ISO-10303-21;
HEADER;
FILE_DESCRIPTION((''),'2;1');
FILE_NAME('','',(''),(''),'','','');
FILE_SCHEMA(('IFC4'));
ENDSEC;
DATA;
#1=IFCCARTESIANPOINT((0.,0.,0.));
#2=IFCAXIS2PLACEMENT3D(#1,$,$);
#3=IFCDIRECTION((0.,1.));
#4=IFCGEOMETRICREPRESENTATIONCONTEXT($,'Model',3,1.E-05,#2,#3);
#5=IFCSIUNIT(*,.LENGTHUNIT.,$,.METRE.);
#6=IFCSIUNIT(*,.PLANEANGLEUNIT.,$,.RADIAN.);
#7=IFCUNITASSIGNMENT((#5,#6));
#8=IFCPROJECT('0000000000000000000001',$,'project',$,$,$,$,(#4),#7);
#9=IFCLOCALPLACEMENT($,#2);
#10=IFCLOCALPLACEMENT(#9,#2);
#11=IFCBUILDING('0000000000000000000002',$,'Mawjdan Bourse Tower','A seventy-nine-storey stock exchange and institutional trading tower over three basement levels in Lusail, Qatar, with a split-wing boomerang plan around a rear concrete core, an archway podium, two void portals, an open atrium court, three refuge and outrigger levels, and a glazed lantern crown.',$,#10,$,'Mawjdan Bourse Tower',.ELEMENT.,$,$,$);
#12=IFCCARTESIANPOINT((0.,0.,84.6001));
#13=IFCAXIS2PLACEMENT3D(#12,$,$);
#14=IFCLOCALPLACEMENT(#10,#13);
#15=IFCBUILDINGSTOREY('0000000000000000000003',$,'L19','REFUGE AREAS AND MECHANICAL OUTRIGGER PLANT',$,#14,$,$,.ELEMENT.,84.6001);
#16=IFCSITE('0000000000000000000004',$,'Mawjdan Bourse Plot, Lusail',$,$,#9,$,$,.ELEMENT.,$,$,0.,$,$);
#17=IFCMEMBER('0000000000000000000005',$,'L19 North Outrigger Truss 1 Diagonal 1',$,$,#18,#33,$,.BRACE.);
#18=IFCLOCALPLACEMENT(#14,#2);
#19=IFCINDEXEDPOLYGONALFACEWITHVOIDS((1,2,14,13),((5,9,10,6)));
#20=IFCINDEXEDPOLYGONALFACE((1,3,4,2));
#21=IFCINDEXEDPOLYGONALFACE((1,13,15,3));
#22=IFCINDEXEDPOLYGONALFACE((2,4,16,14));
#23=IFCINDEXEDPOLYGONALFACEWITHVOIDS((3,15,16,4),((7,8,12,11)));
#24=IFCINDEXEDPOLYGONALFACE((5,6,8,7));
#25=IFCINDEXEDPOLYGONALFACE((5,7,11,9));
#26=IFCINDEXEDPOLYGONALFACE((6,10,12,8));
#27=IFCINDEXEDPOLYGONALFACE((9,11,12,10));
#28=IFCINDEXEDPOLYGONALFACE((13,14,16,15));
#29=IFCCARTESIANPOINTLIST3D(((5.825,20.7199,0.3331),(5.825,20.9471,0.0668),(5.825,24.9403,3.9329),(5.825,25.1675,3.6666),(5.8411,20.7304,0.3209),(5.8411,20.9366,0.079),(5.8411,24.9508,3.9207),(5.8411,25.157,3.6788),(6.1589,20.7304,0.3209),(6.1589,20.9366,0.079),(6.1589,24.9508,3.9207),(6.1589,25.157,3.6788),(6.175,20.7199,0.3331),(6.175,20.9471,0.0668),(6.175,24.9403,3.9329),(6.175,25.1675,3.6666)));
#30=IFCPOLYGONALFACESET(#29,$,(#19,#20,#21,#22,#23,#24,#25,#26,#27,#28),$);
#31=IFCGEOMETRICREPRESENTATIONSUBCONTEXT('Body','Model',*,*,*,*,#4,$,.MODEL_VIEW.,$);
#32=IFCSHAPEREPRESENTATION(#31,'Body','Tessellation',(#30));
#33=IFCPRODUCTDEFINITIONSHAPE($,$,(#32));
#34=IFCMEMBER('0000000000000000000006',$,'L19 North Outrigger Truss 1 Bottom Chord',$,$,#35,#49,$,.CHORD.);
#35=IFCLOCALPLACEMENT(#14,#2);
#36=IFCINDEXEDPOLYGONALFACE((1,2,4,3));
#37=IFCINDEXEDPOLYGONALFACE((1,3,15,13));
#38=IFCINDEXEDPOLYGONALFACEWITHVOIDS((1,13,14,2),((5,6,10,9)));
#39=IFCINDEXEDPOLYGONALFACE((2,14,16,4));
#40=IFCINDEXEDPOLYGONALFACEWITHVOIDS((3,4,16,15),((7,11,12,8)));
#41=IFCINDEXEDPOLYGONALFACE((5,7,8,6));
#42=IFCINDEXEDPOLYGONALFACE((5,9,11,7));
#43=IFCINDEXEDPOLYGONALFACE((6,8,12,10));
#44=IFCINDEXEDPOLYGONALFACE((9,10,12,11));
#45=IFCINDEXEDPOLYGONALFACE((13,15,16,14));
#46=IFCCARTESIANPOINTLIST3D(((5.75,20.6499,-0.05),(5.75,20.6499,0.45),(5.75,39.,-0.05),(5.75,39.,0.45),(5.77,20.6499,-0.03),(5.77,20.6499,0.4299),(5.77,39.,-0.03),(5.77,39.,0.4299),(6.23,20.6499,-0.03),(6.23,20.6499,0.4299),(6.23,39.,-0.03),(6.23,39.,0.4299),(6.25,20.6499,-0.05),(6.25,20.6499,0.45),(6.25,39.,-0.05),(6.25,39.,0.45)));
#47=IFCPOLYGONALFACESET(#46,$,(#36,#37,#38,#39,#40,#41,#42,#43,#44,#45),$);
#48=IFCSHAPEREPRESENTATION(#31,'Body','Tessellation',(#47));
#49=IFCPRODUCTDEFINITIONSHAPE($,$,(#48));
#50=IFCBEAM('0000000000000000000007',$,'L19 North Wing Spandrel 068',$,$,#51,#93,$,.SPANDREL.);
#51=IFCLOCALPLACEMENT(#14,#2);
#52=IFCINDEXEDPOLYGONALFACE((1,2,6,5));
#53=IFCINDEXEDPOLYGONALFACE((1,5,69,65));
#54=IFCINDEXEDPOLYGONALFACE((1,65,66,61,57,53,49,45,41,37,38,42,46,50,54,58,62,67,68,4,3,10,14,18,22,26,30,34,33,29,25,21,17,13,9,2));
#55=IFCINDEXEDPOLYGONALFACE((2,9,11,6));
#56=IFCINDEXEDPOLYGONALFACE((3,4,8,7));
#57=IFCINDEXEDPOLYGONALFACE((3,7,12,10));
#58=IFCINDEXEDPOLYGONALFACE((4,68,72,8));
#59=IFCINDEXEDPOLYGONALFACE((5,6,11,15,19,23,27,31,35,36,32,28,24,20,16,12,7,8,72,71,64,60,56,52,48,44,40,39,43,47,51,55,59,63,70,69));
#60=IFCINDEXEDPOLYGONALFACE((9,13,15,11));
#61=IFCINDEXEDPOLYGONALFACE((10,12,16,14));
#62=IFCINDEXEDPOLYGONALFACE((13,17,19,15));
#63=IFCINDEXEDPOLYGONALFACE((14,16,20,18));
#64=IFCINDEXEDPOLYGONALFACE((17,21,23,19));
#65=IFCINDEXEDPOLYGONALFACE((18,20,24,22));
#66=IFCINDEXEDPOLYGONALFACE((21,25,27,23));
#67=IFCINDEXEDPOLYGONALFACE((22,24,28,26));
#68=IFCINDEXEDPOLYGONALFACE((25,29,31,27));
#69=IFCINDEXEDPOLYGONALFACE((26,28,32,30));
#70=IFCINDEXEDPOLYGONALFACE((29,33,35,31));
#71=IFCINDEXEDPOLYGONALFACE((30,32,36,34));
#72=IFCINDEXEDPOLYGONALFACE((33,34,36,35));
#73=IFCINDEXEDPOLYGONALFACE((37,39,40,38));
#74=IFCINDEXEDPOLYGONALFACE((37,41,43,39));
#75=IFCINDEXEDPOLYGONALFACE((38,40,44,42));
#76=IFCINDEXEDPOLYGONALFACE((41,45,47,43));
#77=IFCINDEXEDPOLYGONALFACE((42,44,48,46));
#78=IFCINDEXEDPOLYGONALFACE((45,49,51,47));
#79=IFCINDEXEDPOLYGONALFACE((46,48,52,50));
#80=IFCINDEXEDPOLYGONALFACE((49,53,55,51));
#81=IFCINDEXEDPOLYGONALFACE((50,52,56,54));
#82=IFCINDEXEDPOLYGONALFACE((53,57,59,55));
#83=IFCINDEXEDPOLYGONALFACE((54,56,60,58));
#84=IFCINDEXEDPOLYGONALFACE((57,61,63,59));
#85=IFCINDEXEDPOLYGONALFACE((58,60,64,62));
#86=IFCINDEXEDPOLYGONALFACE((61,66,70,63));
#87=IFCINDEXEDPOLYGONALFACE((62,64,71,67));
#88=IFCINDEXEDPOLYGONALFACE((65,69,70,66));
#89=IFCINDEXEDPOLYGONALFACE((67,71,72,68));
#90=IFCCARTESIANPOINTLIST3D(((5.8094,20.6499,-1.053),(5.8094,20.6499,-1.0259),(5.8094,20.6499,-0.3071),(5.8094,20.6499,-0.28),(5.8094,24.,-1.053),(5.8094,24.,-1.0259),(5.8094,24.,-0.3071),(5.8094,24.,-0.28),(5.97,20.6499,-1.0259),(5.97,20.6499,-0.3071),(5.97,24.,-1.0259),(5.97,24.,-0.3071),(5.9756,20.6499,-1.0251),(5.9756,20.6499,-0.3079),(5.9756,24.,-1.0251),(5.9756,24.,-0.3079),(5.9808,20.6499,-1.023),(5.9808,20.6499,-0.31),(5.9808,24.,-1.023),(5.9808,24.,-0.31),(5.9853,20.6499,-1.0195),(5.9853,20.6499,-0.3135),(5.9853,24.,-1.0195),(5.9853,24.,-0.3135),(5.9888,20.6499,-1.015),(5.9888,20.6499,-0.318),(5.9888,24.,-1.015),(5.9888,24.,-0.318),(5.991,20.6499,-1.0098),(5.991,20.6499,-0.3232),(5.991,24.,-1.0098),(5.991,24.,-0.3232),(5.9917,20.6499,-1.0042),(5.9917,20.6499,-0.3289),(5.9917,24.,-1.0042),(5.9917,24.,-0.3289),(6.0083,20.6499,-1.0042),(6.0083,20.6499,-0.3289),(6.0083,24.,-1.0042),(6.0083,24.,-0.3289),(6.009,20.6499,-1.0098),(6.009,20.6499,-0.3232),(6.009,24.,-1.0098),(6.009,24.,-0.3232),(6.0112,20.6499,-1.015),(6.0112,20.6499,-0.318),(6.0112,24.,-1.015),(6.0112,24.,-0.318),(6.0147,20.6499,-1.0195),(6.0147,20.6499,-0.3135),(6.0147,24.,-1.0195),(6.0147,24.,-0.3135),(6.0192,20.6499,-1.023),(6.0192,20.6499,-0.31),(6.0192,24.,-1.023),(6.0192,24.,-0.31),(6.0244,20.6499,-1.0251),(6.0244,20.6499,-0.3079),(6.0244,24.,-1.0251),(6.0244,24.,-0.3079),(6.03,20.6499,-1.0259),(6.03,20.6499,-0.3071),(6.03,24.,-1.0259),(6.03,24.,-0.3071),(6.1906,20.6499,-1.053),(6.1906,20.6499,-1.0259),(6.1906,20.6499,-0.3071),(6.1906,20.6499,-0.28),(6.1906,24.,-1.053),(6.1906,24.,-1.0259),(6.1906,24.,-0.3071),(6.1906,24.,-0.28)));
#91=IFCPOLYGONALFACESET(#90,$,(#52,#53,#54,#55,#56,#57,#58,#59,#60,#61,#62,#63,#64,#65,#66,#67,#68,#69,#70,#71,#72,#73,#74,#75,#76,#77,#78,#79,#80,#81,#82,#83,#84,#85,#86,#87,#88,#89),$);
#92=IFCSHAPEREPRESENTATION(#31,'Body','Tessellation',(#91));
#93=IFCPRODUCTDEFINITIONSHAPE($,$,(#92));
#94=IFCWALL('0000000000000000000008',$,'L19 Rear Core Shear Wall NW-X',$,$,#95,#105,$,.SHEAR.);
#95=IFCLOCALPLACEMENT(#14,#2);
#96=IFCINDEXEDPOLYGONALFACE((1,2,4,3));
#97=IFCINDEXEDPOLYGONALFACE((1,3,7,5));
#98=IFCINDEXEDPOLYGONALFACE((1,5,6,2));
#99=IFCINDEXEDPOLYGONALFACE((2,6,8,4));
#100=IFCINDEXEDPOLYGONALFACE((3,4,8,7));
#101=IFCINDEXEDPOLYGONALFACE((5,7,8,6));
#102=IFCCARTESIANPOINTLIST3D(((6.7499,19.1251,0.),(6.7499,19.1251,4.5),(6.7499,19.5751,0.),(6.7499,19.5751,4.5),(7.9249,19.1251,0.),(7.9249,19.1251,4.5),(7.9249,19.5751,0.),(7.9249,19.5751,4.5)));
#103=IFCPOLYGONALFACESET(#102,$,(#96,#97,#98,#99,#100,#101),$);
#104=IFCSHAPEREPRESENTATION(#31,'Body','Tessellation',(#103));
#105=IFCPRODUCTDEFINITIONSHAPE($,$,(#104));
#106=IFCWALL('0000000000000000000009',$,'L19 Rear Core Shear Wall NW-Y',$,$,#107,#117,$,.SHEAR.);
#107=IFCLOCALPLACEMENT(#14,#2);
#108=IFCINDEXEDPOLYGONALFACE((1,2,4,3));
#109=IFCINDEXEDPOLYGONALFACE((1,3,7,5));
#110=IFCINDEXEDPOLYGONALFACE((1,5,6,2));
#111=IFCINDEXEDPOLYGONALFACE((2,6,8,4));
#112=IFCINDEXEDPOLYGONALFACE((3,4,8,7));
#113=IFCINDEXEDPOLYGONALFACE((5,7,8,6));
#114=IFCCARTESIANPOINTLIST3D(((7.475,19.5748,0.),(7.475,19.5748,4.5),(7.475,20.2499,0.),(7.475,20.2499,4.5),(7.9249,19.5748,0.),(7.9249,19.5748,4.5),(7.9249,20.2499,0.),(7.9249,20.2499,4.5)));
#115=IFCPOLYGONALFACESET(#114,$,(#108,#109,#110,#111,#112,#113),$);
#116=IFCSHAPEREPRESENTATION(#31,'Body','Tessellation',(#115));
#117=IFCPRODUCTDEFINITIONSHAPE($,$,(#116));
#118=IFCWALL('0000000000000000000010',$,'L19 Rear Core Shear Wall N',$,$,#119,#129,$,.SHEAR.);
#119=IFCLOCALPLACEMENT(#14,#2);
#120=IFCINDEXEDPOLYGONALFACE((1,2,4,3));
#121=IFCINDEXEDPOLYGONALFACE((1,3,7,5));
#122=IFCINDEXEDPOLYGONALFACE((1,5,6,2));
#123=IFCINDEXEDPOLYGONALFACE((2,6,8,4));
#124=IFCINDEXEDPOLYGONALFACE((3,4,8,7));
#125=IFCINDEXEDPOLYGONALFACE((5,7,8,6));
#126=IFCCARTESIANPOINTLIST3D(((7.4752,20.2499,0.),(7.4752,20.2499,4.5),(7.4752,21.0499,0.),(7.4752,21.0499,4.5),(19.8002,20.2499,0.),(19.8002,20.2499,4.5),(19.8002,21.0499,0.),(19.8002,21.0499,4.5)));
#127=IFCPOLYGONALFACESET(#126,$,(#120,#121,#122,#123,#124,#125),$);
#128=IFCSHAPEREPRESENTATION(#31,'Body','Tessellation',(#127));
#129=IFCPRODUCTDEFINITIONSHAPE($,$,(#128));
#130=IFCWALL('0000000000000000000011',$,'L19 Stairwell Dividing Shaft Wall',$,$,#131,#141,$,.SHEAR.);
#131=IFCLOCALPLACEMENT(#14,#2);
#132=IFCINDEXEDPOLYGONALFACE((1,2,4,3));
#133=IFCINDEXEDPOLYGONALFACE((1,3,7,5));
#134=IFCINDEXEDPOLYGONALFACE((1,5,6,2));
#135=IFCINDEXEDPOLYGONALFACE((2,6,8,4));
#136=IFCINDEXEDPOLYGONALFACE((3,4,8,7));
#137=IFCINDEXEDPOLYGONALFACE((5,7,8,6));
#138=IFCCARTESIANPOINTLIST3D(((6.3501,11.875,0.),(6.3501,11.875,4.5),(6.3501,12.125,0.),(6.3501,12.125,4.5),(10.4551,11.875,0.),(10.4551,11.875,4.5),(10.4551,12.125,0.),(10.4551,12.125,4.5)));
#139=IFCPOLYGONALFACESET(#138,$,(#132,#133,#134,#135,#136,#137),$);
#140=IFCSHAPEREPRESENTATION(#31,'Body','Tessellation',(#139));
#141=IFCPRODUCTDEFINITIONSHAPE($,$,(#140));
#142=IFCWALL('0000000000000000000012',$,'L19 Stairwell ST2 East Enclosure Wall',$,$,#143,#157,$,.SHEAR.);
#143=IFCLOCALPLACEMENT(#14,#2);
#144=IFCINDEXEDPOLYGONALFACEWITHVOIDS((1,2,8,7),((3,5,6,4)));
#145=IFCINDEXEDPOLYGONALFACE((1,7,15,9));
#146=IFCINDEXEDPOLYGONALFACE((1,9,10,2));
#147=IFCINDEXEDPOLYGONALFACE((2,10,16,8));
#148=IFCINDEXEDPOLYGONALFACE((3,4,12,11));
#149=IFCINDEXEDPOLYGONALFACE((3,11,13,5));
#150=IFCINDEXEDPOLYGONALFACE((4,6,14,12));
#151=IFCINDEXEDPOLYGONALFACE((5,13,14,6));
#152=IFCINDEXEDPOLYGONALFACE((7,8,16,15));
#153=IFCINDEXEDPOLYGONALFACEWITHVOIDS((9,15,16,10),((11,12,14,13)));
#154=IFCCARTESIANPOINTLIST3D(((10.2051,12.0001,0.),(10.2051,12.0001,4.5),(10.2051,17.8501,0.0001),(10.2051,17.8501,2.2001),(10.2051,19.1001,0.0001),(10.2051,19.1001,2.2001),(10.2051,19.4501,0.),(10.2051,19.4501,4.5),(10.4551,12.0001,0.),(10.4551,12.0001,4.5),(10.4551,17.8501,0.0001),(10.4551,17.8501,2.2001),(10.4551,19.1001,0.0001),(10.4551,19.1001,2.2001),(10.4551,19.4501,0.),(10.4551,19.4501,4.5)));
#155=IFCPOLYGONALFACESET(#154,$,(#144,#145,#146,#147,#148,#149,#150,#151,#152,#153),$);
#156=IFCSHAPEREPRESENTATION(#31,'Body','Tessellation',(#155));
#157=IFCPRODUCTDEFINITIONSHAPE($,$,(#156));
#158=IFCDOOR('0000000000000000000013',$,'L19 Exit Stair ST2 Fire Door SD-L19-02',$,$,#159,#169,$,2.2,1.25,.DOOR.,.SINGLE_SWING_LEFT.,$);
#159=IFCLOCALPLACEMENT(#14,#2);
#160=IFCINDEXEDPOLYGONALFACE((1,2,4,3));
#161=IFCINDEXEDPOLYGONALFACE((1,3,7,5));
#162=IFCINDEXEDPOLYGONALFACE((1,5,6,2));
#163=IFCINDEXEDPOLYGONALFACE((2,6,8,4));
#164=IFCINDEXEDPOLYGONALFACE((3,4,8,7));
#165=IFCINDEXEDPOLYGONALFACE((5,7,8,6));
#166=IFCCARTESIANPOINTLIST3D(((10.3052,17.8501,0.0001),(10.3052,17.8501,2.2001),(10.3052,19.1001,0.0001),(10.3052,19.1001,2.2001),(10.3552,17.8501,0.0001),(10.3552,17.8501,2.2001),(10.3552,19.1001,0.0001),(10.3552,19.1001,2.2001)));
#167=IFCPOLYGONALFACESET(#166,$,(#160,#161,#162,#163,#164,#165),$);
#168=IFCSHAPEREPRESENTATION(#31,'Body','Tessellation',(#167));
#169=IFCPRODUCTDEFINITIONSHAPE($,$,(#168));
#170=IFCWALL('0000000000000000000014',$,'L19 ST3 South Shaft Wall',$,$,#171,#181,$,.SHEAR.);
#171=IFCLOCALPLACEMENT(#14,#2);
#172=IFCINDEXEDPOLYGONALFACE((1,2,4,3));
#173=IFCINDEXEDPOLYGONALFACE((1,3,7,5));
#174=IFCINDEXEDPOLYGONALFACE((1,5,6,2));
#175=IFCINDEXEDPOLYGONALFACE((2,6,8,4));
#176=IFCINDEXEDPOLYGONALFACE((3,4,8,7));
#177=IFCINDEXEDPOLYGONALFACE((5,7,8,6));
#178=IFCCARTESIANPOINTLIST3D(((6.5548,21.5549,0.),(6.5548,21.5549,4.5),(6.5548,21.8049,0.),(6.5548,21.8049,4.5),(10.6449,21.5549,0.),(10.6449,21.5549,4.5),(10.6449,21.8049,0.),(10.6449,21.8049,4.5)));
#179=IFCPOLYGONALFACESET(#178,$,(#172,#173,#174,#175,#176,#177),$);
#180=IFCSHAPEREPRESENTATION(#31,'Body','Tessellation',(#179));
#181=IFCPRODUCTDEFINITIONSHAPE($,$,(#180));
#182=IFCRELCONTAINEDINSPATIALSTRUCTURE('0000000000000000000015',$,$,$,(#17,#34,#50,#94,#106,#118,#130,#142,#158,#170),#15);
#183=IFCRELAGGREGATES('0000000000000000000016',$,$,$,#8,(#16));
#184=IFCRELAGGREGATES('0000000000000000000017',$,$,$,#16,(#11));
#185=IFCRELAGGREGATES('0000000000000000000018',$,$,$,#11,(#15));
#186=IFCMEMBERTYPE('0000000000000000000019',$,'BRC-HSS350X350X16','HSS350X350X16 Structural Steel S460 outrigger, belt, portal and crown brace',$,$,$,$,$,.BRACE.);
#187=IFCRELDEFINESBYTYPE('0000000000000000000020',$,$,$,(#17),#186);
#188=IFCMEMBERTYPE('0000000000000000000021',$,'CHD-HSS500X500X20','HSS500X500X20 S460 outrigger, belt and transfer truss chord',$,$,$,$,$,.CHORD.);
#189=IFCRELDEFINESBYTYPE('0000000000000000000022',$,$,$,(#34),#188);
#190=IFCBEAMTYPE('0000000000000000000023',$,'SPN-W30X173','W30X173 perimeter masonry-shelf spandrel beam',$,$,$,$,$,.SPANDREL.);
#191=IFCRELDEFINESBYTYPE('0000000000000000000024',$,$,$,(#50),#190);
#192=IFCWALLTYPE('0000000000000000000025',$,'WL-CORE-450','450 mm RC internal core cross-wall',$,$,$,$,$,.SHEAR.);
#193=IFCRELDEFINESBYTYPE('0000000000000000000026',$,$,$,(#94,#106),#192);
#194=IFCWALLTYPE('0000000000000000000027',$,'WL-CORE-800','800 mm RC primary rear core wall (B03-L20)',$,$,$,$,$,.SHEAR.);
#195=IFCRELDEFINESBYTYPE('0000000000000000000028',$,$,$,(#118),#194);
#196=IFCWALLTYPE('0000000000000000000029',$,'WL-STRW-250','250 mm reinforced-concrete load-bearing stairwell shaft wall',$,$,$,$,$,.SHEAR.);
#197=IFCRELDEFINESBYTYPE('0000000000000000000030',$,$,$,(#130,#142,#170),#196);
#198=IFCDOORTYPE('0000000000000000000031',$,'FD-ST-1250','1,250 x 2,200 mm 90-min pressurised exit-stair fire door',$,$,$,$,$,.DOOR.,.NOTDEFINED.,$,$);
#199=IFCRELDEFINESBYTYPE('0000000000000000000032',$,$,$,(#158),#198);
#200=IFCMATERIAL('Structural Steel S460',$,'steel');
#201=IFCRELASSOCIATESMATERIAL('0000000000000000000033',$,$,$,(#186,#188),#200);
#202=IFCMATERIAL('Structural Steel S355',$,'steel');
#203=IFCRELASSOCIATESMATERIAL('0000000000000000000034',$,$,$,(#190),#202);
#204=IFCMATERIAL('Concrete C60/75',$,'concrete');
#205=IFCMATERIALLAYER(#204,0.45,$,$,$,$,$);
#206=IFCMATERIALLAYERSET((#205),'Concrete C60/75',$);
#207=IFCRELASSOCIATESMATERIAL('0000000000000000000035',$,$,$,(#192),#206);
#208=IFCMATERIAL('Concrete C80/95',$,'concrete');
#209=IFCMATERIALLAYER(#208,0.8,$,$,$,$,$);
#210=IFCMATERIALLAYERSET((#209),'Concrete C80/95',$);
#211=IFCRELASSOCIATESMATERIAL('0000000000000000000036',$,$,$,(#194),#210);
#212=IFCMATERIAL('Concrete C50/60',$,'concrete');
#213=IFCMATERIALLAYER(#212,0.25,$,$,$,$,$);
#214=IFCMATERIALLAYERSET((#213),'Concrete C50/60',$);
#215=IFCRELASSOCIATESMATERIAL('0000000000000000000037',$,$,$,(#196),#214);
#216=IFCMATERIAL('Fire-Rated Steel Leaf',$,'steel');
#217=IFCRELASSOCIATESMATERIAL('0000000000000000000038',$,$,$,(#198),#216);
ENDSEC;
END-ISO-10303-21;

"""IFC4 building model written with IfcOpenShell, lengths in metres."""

from ifc_helpers import new_model, si_unit, direction, frame, frame_2d, origin, origin_2d, place, context, subcontext, project, spatial, rectangle, hollow_rectangle, i_section, extrude, material, layer, layer_set, material_profile, profile_set, type_object, element, fill, save


model = new_model("IFC4")

# Units and contexts
model_context = context("Model", 3, precision=1e-05, world=origin(), true_north=direction((0.0, 1.0)))
body_context = subcontext(model_context, "Body", "Model", "MODEL_VIEW")
ifc_project = project(units=[si_unit("LENGTHUNIT", "METRE"), si_unit("PLANEANGLEUNIT", "RADIAN")], contexts=[model_context])

# Site, building, storey
site_placement = place(None, origin())
site = spatial("IfcSite", under=ifc_project, at=site_placement, Name="Mawjdan Bourse Plot, Lusail", CompositionType="ELEMENT", RefElevation=0.0)
building_placement = place(site_placement, origin())
building = spatial("IfcBuilding", under=site, at=building_placement, Name="Mawjdan Bourse Tower", Description="A seventy-nine-storey stock exchange and institutional trading tower over three basement levels in Lusail, Qatar, with a split-wing boomerang plan around a rear concrete core, an archway podium, two void portals, an open atrium court, three refuge and outrigger levels, and a glazed lantern crown.", LongName="Mawjdan Bourse Tower", CompositionType="ELEMENT")
storey_placement = place(building_placement, frame((0.0, 0.0, 84.6001)))
storey = spatial("IfcBuildingStorey", under=building, at=storey_placement, Name="L19", Description="REFUGE AREAS AND MECHANICAL OUTRIGGER PLANT", CompositionType="ELEMENT", Elevation=84.6001)

# Members
ifc_material_1 = material(Name="Structural Steel S460", Category="steel")
ifc_material_profile_1 = material_profile(ifc_material_1, hollow_rectangle(XDim=0.3501, YDim=0.3501, WallThickness=0.0161, at=origin_2d()), Name="HSS350X350X16")
ifc_profile_set_1 = profile_set([ifc_material_profile_1], Name="Structural Steel S460")
member_type_1 = type_object("IfcMemberType", Name="BRC-HSS350X350X16", Description="HSS350X350X16 Structural Steel S460 outrigger, belt, portal and crown brace", PredefinedType="BRACE", material=ifc_profile_set_1)
member_1_placement = place(storey_placement, frame((6.0, 20.8335, 0.2), z_axis=(0.0, 0.760829, 0.648952), x_axis=(-1.0, 0.0, 0.0)))
element("IfcMember", 1, at=member_1_placement, inside=storey, type_object=member_type_1, Name="L19 North Outrigger Truss 1 Diagonal 1", PredefinedType="BRACE", context=body_context, shape_type="SweptSolid", body=[
    extrude(hollow_rectangle(XDim=0.3501, YDim=0.3501, WallThickness=0.0161, at=origin_2d()), origin(), (0.0, 0.0, 1.0), 5.5471),
])
ifc_material_profile_2 = material_profile(ifc_material_1, hollow_rectangle(XDim=0.5, YDim=0.5, WallThickness=0.02, at=origin_2d()), Name="HSS500X500X20")
ifc_profile_set_2 = profile_set([ifc_material_profile_2], Name="Structural Steel S460")
member_type_2 = type_object("IfcMemberType", Name="CHD-HSS500X500X20", Description="HSS500X500X20 S460 outrigger, belt and transfer truss chord", PredefinedType="CHORD", material=ifc_profile_set_2)
member_2_placement = place(storey_placement, frame((6.0, 20.6499, 0.2), z_axis=(0.0, 1.0, 0.0), x_axis=(-1.0, 0.0, 0.0)))
element("IfcMember", 2, at=member_2_placement, inside=storey, type_object=member_type_2, Name="L19 North Outrigger Truss 1 Bottom Chord", PredefinedType="CHORD", context=body_context, shape_type="SweptSolid", body=[
    extrude(hollow_rectangle(XDim=0.5, YDim=0.5, WallThickness=0.02, at=origin_2d()), origin(), (0.0, 0.0, 1.0), 18.3501),
])

# Beam
ifc_material_2 = material(Name="Structural Steel S355", Category="steel")
ifc_material_profile_3 = material_profile(ifc_material_2, i_section(OverallWidth=0.3811, OverallDepth=0.7729, WebThickness=0.0166, FlangeThickness=0.0271, FilletRadius=0.0217, at=origin_2d()), Name="W30X173")
ifc_profile_set_3 = profile_set([ifc_material_profile_3], Name="Structural Steel S355")
beam_type = type_object("IfcBeamType", Name="SPN-W30X173", Description="W30X173 perimeter masonry-shelf spandrel beam", PredefinedType="SPANDREL", material=ifc_profile_set_3)
beam_placement = place(storey_placement, frame((6.0, 20.6499, -0.6665), z_axis=(0.0, 1.0, 0.0), x_axis=(-1.0, 0.0, 0.0)))
element("IfcBeam", 3, at=beam_placement, inside=storey, type_object=beam_type, Name="L19 North Wing Spandrel 068", PredefinedType="SPANDREL", context=body_context, shape_type="SweptSolid", body=[
    extrude(i_section(OverallWidth=0.3811, OverallDepth=0.7729, WebThickness=0.0166, FlangeThickness=0.0271, FilletRadius=0.0217, at=origin_2d()), origin(), (0.0, 0.0, 1.0), 3.3501),
])

# Walls
ifc_material_3 = material(Name="Concrete C60/75", Category="concrete")
ifc_layer_1 = layer(ifc_material_3, 0.45)
ifc_layer_set_1 = layer_set([ifc_layer_1], Name="Concrete C60/75")
wall_type_1 = type_object("IfcWallType", Name="WL-CORE-450", Description="450 mm RC internal core cross-wall", PredefinedType="SHEAR", material=ifc_layer_set_1)
wall_1_placement = place(storey_placement, frame((6.75, 19.3501, 0.0), z_axis=(0.0, 0.0, 1.0), x_axis=(1.0, 0.0, 0.0)))
element("IfcWall", 4, at=wall_1_placement, inside=storey, type_object=wall_type_1, Name="L19 Rear Core Shear Wall NW-X", PredefinedType="SHEAR", context=body_context, shape_type="SweptSolid", body=[
    extrude(rectangle(XDim=1.175, YDim=0.45, at=frame_2d((0.5874, 0.0))), origin(), (0.0, 0.0, 1.0), 4.5),
])
wall_2_placement = place(storey_placement, frame((7.7, 19.575, 0.0), z_axis=(0.0, 0.0, 1.0), x_axis=(0.0, 1.0, 0.0)))
element("IfcWall", 5, at=wall_2_placement, inside=storey, type_object=wall_type_1, Name="L19 Rear Core Shear Wall NW-Y", PredefinedType="SHEAR", context=body_context, shape_type="SweptSolid", body=[
    extrude(rectangle(XDim=0.675, YDim=0.45, at=frame_2d((0.3374, 0.0))), origin(), (0.0, 0.0, 1.0), 4.5),
])
ifc_material_4 = material(Name="Concrete C80/95", Category="concrete")
ifc_layer_2 = layer(ifc_material_4, 0.8)
ifc_layer_set_2 = layer_set([ifc_layer_2], Name="Concrete C80/95")
wall_type_2 = type_object("IfcWallType", Name="WL-CORE-800", Description="800 mm RC primary rear core wall (B03-L20)", PredefinedType="SHEAR", material=ifc_layer_set_2)
wall_3_placement = place(storey_placement, frame((7.4751, 20.6499, 0.0), z_axis=(0.0, 0.0, 1.0), x_axis=(1.0, 0.0, 0.0)))
element("IfcWall", 6, at=wall_3_placement, inside=storey, type_object=wall_type_2, Name="L19 Rear Core Shear Wall N", PredefinedType="SHEAR", context=body_context, shape_type="SweptSolid", body=[
    extrude(rectangle(XDim=12.325, YDim=0.8, at=frame_2d((6.1626, 0.0))), origin(), (0.0, 0.0, 1.0), 4.5),
])
ifc_material_5 = material(Name="Concrete C50/60", Category="concrete")
ifc_layer_3 = layer(ifc_material_5, 0.25)
ifc_layer_set_3 = layer_set([ifc_layer_3], Name="Concrete C50/60")
wall_type_3 = type_object("IfcWallType", Name="WL-STRW-250", Description="250 mm reinforced-concrete load-bearing stairwell shaft wall", PredefinedType="SHEAR", material=ifc_layer_set_3)
wall_4_placement = place(storey_placement, frame((6.3501, 12.0, 0.0), z_axis=(0.0, 0.0, 1.0), x_axis=(1.0, 0.0, 0.0)))
element("IfcWall", 7, at=wall_4_placement, inside=storey, type_object=wall_type_3, Name="L19 Stairwell Dividing Shaft Wall", PredefinedType="SHEAR", context=body_context, shape_type="SweptSolid", body=[
    extrude(rectangle(XDim=4.105, YDim=0.25, at=frame_2d((2.0525, 0.0))), origin(), (0.0, 0.0, 1.0), 4.5),
])

# Wall, opening, door
wall_5_placement = place(storey_placement, frame((10.3301, 12.0, 0.0), z_axis=(0.0, 0.0, 1.0), x_axis=(0.0, 1.0, 0.0)))
wall_5 = element("IfcWall", 8, at=wall_5_placement, inside=storey, type_object=wall_type_3, Name="L19 Stairwell ST2 East Enclosure Wall", PredefinedType="SHEAR", context=body_context, shape_type="SweptSolid", body=[
    extrude(rectangle(XDim=7.45, YDim=0.25, at=frame_2d((3.7251, 0.0))), origin(), (0.0, 0.0, 1.0), 4.5),
])
opening_placement = place(wall_5_placement, frame((5.8501, 0.0, 0.0)))
opening = element("IfcOpeningElement", 9, at=opening_placement, cuts=wall_5, PredefinedType="OPENING", context=body_context, shape_type="SweptSolid", body=[
    extrude(rectangle(XDim=1.25, YDim=2.2, at=frame_2d((0.625, 1.1001))), frame((0.0, 0.135, 0.0), z_axis=(0.0, -1.0, 0.0), x_axis=(1.0, 0.0, 0.0)), (0.0, 0.0, 1.0), 0.27),
])
ifc_material_6 = material(Name="Fire-Rated Steel Leaf", Category="steel")
door_type = type_object("IfcDoorType", Name="FD-ST-1250", Description="1,250 x 2,200 mm 90-min pressurised exit-stair fire door", OperationType="NOTDEFINED", PredefinedType="DOOR", material=ifc_material_6)
door_placement = place(opening_placement, origin())
door = element("IfcDoor", 10, at=door_placement, inside=storey, type_object=door_type, Name="L19 Exit Stair ST2 Fire Door SD-L19-02", OperationType="SINGLE_SWING_LEFT", OverallHeight=2.2, OverallWidth=1.25, PredefinedType="DOOR", context=body_context, shape_type="SweptSolid", body=[
    extrude(rectangle(XDim=1.25, YDim=2.2, at=frame_2d((0.625, 1.1001))), frame((0.0, 0.0249, 0.0), z_axis=(0.0, -1.0, 0.0), x_axis=(1.0, 0.0, 0.0)), (0.0, 0.0, 1.0), 0.05),
])
fill(opening, door)

# Wall
wall_6_placement = place(storey_placement, frame((6.5549, 21.6799, 0.0), z_axis=(0.0, 0.0, 1.0), x_axis=(1.0, 0.0, 0.0)))
element("IfcWall", 11, at=wall_6_placement, inside=storey, type_object=wall_type_3, Name="L19 ST3 South Shaft Wall", PredefinedType="SHEAR", context=body_context, shape_type="SweptSolid", body=[
    extrude(rectangle(XDim=4.0901, YDim=0.25, at=frame_2d((2.0449, 0.0))), origin(), (0.0, 0.0, 1.0), 4.5),
])

save(model, "model.ifc")
